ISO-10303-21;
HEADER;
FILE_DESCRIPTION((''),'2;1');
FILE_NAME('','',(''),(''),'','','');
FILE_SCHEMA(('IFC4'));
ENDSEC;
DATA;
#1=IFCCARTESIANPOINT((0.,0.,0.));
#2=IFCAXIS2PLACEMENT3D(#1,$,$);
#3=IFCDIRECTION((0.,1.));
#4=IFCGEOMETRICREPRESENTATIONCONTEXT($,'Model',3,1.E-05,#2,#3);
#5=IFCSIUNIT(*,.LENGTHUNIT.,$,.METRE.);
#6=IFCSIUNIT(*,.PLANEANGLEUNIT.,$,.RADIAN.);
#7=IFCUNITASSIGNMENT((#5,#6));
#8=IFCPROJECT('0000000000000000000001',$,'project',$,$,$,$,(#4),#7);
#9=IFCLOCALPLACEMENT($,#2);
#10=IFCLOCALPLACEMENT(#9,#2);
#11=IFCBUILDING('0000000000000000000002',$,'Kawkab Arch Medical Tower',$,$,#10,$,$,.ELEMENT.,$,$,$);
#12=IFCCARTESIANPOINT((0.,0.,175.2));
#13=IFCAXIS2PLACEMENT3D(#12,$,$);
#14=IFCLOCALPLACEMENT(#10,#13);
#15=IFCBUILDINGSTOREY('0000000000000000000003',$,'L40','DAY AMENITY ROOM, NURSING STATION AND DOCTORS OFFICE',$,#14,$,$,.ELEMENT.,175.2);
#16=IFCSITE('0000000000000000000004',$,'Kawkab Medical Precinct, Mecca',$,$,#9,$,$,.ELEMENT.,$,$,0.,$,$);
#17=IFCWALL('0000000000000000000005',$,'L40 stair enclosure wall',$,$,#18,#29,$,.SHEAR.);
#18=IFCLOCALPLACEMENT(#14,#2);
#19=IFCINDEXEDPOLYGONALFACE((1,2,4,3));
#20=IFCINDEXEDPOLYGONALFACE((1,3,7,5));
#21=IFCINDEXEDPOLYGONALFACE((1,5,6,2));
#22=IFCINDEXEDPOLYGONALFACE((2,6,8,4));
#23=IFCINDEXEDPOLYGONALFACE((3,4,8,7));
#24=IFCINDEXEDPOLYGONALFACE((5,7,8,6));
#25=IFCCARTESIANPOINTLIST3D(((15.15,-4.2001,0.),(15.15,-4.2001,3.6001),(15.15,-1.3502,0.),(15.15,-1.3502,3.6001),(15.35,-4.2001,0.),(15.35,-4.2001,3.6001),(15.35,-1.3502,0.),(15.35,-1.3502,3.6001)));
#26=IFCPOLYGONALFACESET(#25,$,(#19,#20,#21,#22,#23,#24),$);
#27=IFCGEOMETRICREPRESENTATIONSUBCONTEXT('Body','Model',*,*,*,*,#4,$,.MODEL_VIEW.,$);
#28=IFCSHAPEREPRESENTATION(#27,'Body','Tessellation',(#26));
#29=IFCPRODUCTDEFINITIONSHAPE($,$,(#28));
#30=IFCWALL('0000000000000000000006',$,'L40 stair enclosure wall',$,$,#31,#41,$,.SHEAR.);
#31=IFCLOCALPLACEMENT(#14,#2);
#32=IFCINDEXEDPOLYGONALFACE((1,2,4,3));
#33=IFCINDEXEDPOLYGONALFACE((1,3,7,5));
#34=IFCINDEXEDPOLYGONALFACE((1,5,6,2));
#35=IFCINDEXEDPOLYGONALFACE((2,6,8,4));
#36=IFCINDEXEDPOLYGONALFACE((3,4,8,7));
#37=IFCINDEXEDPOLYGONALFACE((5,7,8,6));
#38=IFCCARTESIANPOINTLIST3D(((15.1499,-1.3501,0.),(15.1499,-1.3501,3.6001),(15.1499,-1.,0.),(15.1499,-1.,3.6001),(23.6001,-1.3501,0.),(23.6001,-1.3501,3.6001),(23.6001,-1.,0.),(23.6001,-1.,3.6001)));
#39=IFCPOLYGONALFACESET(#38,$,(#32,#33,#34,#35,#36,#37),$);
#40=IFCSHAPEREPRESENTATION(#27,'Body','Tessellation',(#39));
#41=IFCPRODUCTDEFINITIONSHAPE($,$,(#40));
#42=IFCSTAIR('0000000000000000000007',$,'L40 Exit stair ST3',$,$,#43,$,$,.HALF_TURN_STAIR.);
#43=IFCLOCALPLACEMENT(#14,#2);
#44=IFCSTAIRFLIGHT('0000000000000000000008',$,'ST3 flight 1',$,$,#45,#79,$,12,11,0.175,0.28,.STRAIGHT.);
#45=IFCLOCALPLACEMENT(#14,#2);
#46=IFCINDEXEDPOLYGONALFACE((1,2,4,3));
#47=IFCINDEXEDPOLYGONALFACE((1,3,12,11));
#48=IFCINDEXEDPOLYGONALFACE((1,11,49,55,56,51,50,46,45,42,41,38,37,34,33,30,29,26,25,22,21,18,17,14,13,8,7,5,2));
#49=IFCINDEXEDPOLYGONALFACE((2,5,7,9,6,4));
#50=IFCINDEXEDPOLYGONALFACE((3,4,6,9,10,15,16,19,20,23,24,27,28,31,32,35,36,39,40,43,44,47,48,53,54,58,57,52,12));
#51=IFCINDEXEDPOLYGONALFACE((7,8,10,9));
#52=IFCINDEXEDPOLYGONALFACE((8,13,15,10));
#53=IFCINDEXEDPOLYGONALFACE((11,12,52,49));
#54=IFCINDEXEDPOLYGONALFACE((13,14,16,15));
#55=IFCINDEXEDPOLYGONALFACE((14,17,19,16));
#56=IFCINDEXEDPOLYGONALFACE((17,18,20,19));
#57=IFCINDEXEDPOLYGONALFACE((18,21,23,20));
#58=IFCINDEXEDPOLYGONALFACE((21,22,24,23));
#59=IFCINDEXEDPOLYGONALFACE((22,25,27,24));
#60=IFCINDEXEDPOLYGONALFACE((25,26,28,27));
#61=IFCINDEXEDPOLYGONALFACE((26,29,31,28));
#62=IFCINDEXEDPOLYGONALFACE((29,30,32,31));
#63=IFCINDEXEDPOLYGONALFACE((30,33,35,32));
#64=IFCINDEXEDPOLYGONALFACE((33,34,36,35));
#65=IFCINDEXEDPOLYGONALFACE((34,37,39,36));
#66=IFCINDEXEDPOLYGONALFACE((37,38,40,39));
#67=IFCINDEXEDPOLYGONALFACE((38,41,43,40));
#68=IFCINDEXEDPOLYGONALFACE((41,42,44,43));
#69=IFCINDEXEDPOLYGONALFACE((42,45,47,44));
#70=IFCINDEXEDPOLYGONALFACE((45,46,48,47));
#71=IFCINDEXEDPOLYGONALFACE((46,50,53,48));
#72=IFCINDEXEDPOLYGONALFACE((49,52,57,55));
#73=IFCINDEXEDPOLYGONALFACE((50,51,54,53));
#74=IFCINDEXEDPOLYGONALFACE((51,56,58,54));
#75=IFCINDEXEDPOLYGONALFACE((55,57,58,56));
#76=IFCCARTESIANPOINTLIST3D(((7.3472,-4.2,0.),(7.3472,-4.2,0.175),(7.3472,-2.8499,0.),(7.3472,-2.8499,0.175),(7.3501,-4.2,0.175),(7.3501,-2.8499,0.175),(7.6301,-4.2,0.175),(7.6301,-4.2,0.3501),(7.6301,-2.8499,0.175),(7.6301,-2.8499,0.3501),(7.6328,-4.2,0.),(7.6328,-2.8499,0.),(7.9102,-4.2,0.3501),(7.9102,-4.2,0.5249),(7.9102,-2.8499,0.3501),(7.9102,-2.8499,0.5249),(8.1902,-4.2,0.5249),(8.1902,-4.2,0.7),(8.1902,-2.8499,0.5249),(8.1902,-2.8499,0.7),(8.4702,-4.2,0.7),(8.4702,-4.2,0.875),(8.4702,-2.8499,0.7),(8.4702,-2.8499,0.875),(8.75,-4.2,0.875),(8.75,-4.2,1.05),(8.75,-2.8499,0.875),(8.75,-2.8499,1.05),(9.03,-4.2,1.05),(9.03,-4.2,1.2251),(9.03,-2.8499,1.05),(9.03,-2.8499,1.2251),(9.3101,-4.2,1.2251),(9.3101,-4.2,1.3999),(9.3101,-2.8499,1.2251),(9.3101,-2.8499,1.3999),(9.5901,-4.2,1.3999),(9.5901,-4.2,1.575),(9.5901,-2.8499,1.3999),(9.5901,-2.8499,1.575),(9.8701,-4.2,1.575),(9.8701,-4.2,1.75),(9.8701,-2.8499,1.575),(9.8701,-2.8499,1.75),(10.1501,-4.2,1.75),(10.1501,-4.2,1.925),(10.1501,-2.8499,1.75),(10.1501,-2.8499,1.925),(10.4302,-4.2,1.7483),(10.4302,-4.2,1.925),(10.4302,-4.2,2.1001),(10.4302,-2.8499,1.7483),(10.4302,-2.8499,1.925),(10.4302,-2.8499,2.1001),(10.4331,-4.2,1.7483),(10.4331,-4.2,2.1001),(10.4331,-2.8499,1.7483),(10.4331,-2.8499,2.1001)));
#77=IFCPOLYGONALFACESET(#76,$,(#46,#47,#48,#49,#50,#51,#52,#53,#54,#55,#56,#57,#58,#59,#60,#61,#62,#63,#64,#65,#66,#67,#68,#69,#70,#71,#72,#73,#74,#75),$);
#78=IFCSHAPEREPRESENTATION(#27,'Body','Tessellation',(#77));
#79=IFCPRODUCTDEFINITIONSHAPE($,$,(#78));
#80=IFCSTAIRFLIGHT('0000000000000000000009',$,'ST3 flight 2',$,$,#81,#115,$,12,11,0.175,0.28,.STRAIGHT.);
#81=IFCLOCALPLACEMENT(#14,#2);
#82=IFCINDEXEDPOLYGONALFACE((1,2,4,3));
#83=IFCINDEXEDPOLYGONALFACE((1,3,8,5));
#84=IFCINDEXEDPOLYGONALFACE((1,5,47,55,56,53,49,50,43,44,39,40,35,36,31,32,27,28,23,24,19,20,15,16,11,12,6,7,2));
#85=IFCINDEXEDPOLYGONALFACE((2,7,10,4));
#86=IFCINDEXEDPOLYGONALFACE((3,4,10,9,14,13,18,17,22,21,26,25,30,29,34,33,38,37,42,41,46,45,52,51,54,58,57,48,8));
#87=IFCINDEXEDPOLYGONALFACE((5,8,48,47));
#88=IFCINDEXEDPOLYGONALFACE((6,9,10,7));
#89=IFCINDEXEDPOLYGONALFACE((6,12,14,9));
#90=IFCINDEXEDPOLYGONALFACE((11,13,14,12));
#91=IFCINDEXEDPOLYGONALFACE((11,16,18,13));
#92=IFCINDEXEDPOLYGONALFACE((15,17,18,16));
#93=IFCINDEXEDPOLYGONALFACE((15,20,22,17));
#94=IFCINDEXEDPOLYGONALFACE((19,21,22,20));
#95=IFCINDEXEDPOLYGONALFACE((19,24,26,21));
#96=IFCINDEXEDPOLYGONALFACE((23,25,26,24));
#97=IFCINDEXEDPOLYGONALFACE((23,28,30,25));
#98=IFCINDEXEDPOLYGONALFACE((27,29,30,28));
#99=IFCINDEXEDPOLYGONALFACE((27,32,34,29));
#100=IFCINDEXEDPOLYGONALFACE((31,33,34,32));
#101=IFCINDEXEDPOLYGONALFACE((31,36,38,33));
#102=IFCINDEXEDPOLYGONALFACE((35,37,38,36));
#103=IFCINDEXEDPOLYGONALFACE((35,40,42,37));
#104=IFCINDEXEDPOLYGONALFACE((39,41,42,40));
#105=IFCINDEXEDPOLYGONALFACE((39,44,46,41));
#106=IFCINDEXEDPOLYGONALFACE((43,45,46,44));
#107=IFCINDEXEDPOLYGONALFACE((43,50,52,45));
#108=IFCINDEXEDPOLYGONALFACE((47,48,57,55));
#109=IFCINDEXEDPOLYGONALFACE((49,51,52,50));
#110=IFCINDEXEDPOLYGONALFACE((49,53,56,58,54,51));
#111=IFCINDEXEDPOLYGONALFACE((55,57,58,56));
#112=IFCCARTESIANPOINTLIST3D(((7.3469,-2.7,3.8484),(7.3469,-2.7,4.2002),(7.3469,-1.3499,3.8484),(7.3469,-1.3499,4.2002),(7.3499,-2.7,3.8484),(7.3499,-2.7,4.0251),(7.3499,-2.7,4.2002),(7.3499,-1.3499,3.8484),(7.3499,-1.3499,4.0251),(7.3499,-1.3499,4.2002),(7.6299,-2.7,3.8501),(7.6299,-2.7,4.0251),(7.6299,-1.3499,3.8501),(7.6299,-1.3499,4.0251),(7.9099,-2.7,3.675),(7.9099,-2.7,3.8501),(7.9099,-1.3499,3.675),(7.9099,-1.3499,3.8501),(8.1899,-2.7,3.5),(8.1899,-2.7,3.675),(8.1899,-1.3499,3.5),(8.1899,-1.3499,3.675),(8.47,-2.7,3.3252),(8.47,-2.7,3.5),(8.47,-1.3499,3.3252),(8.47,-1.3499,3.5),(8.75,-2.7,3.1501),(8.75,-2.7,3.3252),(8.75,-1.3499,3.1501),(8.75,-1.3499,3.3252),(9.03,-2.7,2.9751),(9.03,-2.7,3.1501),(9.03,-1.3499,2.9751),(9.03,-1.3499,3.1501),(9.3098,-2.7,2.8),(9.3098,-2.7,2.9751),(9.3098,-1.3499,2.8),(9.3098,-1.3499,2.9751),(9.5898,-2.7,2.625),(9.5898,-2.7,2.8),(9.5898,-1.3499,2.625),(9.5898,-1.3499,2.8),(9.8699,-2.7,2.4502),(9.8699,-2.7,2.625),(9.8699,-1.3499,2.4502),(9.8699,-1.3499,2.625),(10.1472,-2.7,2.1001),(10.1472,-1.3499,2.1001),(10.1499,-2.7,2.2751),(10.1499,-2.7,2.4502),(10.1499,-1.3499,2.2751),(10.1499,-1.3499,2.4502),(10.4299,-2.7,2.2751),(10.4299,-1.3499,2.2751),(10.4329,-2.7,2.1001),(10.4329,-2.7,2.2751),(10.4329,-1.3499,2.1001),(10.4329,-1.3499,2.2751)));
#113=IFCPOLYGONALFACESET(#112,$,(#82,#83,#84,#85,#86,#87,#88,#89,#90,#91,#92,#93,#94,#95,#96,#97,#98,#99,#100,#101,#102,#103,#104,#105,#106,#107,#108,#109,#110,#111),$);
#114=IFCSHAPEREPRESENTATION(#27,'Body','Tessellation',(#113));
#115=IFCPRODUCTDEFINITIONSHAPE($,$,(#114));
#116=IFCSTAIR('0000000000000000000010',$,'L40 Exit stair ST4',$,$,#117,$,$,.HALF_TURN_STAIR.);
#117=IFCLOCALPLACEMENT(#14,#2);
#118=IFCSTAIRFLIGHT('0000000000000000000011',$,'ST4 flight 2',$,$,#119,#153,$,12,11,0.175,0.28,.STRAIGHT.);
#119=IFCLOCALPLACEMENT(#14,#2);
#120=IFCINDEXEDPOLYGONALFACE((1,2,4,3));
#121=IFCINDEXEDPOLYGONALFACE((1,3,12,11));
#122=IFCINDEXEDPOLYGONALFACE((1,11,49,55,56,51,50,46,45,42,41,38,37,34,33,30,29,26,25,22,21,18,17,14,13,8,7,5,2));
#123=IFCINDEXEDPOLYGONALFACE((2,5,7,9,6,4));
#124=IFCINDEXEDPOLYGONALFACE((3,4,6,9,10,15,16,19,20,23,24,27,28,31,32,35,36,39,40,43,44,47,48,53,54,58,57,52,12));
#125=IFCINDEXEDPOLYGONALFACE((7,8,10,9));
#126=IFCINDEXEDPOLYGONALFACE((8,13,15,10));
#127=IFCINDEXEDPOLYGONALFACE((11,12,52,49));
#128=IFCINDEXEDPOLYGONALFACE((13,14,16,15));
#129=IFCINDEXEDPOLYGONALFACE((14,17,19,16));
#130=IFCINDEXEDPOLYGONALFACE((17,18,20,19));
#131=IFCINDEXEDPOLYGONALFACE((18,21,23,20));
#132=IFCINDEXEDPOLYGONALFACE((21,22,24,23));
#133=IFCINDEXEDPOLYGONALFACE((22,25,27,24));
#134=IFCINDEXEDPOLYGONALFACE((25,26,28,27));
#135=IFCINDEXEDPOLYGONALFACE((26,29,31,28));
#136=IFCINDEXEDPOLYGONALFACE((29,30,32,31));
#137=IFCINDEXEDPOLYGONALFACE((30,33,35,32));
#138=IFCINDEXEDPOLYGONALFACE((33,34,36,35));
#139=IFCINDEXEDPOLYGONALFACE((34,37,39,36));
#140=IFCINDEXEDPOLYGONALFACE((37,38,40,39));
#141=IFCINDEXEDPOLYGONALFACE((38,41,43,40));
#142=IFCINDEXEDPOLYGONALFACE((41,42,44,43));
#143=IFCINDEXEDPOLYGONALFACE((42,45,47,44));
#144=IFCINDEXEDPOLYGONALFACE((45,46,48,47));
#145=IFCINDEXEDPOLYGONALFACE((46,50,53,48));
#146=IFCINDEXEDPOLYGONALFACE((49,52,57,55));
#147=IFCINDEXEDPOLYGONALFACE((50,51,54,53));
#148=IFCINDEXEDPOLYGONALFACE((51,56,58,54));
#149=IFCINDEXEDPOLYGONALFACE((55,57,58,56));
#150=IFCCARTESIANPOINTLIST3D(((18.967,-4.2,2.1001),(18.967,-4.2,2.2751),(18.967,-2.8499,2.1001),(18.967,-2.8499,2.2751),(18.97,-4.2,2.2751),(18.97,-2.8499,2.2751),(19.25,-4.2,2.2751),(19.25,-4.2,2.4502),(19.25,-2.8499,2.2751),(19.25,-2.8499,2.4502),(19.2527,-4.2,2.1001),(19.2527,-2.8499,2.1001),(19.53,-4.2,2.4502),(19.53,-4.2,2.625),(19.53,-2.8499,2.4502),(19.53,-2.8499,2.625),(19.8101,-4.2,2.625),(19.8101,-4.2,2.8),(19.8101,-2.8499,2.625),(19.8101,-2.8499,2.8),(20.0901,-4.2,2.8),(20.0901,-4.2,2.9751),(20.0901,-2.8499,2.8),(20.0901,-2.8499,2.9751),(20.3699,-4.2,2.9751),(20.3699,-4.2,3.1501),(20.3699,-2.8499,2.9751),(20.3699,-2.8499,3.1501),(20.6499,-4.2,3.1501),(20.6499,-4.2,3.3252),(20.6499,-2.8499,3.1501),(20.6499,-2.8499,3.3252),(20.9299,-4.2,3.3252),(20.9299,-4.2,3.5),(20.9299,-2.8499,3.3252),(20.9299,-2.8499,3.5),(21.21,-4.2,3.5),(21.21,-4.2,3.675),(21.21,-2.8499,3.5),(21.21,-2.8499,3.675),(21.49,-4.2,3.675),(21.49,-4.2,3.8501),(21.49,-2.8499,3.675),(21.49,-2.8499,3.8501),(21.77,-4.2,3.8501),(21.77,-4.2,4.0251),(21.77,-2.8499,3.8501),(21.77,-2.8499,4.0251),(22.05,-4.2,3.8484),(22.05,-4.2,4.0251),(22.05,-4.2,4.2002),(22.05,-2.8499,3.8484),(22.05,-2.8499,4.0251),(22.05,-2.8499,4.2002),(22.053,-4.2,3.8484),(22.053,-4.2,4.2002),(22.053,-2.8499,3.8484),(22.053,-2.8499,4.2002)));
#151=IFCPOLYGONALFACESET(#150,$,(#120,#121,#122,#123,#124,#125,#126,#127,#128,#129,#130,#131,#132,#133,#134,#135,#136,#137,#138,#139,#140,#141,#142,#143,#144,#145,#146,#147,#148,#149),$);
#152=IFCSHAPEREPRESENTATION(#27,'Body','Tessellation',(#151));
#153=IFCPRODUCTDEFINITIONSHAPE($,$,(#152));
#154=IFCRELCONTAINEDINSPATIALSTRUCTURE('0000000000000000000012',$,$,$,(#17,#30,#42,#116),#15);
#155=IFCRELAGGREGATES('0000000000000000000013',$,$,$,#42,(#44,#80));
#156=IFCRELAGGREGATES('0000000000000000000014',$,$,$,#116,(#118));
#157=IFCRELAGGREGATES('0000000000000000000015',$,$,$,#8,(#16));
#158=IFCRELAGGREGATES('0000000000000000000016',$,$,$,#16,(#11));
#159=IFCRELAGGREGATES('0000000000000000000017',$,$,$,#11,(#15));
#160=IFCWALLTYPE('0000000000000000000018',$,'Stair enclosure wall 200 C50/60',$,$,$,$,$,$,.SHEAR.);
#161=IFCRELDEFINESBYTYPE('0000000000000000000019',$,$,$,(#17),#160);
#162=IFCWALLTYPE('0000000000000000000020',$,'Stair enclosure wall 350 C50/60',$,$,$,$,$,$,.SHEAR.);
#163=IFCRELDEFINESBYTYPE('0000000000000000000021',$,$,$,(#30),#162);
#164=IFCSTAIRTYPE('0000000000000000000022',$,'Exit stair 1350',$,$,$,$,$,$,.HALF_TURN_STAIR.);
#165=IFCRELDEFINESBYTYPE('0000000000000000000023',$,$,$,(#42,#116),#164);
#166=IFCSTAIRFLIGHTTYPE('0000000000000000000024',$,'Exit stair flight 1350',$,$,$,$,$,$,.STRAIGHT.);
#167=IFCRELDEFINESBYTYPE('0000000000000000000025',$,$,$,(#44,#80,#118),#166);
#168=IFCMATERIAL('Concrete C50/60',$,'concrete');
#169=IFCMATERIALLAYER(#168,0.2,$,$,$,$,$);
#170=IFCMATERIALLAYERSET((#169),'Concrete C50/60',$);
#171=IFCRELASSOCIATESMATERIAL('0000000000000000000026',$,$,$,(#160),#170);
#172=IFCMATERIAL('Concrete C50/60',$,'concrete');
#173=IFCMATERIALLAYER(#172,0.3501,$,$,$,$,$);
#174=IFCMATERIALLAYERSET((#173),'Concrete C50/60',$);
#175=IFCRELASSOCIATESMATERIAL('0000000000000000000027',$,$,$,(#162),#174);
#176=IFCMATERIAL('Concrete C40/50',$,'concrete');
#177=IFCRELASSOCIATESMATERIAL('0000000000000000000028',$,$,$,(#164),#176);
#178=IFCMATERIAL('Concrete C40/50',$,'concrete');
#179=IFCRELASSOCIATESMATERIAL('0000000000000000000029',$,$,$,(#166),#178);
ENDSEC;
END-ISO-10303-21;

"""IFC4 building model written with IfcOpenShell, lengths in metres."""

from ifc_helpers import new_model, si_unit, direction, frame, frame_2d, origin, place, context, subcontext, project, spatial, polyline, rectangle, outline, extrude, material, layer, layer_set, type_object, element, aggregate, save


model = new_model("IFC4")

# Units and contexts
model_context = context("Model", 3, precision=1e-05, world=origin(), true_north=direction((0.0, 1.0)))
body_context = subcontext(model_context, "Body", "Model", "MODEL_VIEW")
ifc_project = project(units=[si_unit("LENGTHUNIT", "METRE"), si_unit("PLANEANGLEUNIT", "RADIAN")], contexts=[model_context])

# Site, building, storey
site_placement = place(None, origin())
site = spatial("IfcSite", under=ifc_project, at=site_placement, Name="Kawkab Medical Precinct, Mecca", CompositionType="ELEMENT", RefElevation=0.0)
building_placement = place(site_placement, origin())
building = spatial("IfcBuilding", under=site, at=building_placement, Name="Kawkab Arch Medical Tower", CompositionType="ELEMENT")
storey_placement = place(building_placement, frame((0.0, 0.0, 175.2)))
storey = spatial("IfcBuildingStorey", under=building, at=storey_placement, Name="L40", Description="DAY AMENITY ROOM, NURSING STATION AND DOCTORS OFFICE", CompositionType="ELEMENT", Elevation=175.2)

# Shared definitions
placement = place(storey_placement, origin())

# Walls
ifc_material_1 = material(Name="Concrete C50/60", Category="concrete")
ifc_layer_1 = layer(ifc_material_1, 0.2)
ifc_layer_set_1 = layer_set([ifc_layer_1], Name="Concrete C50/60")
wall_type_1 = type_object("IfcWallType", Name="Stair enclosure wall 200 C50/60", PredefinedType="SHEAR", material=ifc_layer_set_1)
for number, where, z_axis, x_axis, name in (
    (1, (15.25, -4.2, 0.0), (0.0, 0.0, 1.0), (0.0, 1.0, 0.0), "L40 stair enclosure wall"),
):
    element("IfcWall", number, at=place(storey_placement, frame(where, z_axis=z_axis, x_axis=x_axis)), inside=storey, type_object=wall_type_1, Name=name, PredefinedType="SHEAR", context=body_context, shape_type="SweptSolid", body=[
        extrude(rectangle(XDim=2.8499, YDim=0.2, at=frame_2d((1.4248, 0.0))), origin(), (0.0, 0.0, 1.0), 3.6001),
    ])
ifc_material_2 = material(Name="Concrete C50/60", Category="concrete")
ifc_layer_2 = layer(ifc_material_2, 0.3501)
ifc_layer_set_2 = layer_set([ifc_layer_2], Name="Concrete C50/60")
wall_type_2 = type_object("IfcWallType", Name="Stair enclosure wall 350 C50/60", PredefinedType="SHEAR", material=ifc_layer_set_2)
wall_1_placement = place(storey_placement, frame((15.1499, -1.175, 0.0), z_axis=(0.0, 0.0, 1.0), x_axis=(1.0, 0.0, 0.0)))
element("IfcWall", 2, at=wall_1_placement, inside=storey, type_object=wall_type_2, Name="L40 stair enclosure wall", PredefinedType="SHEAR", context=body_context, shape_type="SweptSolid", body=[
    extrude(rectangle(XDim=8.4502, YDim=0.3501, at=frame_2d((4.2251, 0.0))), origin(), (0.0, 0.0, 1.0), 3.6001),
])

# Stair, stair flights
ifc_material_3 = material(Name="Concrete C40/50", Category="concrete")
stair_type = type_object("IfcStairType", Name="Exit stair 1350", PredefinedType="HALF_TURN_STAIR", material=ifc_material_3)
stair_1 = element("IfcStair", 3, at=placement, inside=storey, type_object=stair_type, Name="L40 Exit stair ST3", PredefinedType="HALF_TURN_STAIR")
ifc_material_4 = material(Name="Concrete C40/50", Category="concrete")
stair_flight_type = type_object("IfcStairFlightType", Name="Exit stair flight 1350", PredefinedType="STRAIGHT", material=ifc_material_4)
stair_flight_1_placement = place(storey_placement, frame((7.3501, -3.5249, 0.0), z_axis=(0.0, 0.0, 1.0), x_axis=(1.0, 0.0, 0.0)))
stair_flight_1 = element("IfcStairFlight", 4, at=stair_flight_1_placement, type_object=stair_flight_type, Name="ST3 flight 1", NumberOfRisers=12, NumberOfTreads=11, PredefinedType="STRAIGHT", RiserHeight=0.175, TreadLength=0.28, context=body_context, shape_type="SweptSolid", body=[
    extrude(outline(polyline([(-0.0029, 0.0), (-0.0029, 0.175), (0.0, 0.175), (0.28, 0.175), (0.28, 0.3501), (0.5601, 0.3501), (0.5601, 0.5249), (0.8401, 0.5249), (0.8401, 0.7), (1.1201, 0.7), (1.1201, 0.875), (1.3999, 0.875), (1.3999, 1.05), (1.6799, 1.05), (1.6799, 1.2251), (1.96, 1.2251), (1.96, 1.3999), (2.24, 1.3999), (2.24, 1.575), (2.52, 1.575), (2.52, 1.75), (2.8, 1.75), (2.8, 1.925), (3.0801, 1.925), (3.0801, 2.1001), (3.083, 2.1001), (3.083, 1.7483), (3.0801, 1.7483), (0.2827, 0.0), (-0.0029, 0.0)])), frame((0.0, 0.675, 0.0), z_axis=(0.0, -1.0, 0.0), x_axis=(1.0, 0.0, 0.0)), (0.0, 0.0, 1.0), 1.3501),
])
stair_flight_2_placement = place(storey_placement, frame((10.4299, -2.0249, 2.1001), z_axis=(0.0, 0.0, 1.0), x_axis=(-1.0, 0.0, 0.0)))
stair_flight_2 = element("IfcStairFlight", 5, at=stair_flight_2_placement, type_object=stair_flight_type, Name="ST3 flight 2", NumberOfRisers=12, NumberOfTreads=11, PredefinedType="STRAIGHT", RiserHeight=0.175, TreadLength=0.28, context=body_context, shape_type="SweptSolid", body=[
    extrude(outline(polyline([(-0.0029, 0.0), (-0.0029, 0.175), (0.0, 0.175), (0.28, 0.175), (0.28, 0.3501), (0.5601, 0.3501), (0.5601, 0.5249), (0.8401, 0.5249), (0.8401, 0.7), (1.1201, 0.7), (1.1201, 0.875), (1.3999, 0.875), (1.3999, 1.05), (1.6799, 1.05), (1.6799, 1.2251), (1.96, 1.2251), (1.96, 1.3999), (2.24, 1.3999), (2.24, 1.575), (2.52, 1.575), (2.52, 1.75), (2.8, 1.75), (2.8, 1.925), (3.0801, 1.925), (3.0801, 2.1001), (3.083, 2.1001), (3.083, 1.7483), (3.0801, 1.7483), (0.2827, 0.0), (-0.0029, 0.0)])), frame((0.0, 0.675, 0.0), z_axis=(0.0, -1.0, 0.0), x_axis=(1.0, 0.0, 0.0)), (0.0, 0.0, 1.0), 1.3501),
])
aggregate(stair_1, [stair_flight_1, stair_flight_2])

# Stair, stair flight
stair_2 = element("IfcStair", 6, at=placement, inside=storey, type_object=stair_type, Name="L40 Exit stair ST4", PredefinedType="HALF_TURN_STAIR")
stair_flight_3_placement = place(storey_placement, frame((18.97, -3.5249, 2.1001), z_axis=(0.0, 0.0, 1.0), x_axis=(1.0, 0.0, 0.0)))
stair_flight_3 = element("IfcStairFlight", 7, at=stair_flight_3_placement, type_object=stair_flight_type, Name="ST4 flight 2", NumberOfRisers=12, NumberOfTreads=11, PredefinedType="STRAIGHT", RiserHeight=0.175, TreadLength=0.28, context=body_context, shape_type="SweptSolid", body=[
    extrude(outline(polyline([(-0.0029, 0.0), (-0.0029, 0.175), (0.0, 0.175), (0.28, 0.175), (0.28, 0.3501), (0.5601, 0.3501), (0.5601, 0.5249), (0.8401, 0.5249), (0.8401, 0.7), (1.1201, 0.7), (1.1201, 0.875), (1.3999, 0.875), (1.3999, 1.05), (1.6799, 1.05), (1.6799, 1.2251), (1.96, 1.2251), (1.96, 1.3999), (2.24, 1.3999), (2.24, 1.575), (2.52, 1.575), (2.52, 1.75), (2.8, 1.75), (2.8, 1.925), (3.0801, 1.925), (3.0801, 2.1001), (3.083, 2.1001), (3.083, 1.7483), (3.0801, 1.7483), (0.2827, 0.0), (-0.0029, 0.0)])), frame((0.0, 0.675, 0.0), z_axis=(0.0, -1.0, 0.0), x_axis=(1.0, 0.0, 0.0)), (0.0, 0.0, 1.0), 1.3501),
])
aggregate(stair_2, [stair_flight_3])

save(model, "model.ifc")
